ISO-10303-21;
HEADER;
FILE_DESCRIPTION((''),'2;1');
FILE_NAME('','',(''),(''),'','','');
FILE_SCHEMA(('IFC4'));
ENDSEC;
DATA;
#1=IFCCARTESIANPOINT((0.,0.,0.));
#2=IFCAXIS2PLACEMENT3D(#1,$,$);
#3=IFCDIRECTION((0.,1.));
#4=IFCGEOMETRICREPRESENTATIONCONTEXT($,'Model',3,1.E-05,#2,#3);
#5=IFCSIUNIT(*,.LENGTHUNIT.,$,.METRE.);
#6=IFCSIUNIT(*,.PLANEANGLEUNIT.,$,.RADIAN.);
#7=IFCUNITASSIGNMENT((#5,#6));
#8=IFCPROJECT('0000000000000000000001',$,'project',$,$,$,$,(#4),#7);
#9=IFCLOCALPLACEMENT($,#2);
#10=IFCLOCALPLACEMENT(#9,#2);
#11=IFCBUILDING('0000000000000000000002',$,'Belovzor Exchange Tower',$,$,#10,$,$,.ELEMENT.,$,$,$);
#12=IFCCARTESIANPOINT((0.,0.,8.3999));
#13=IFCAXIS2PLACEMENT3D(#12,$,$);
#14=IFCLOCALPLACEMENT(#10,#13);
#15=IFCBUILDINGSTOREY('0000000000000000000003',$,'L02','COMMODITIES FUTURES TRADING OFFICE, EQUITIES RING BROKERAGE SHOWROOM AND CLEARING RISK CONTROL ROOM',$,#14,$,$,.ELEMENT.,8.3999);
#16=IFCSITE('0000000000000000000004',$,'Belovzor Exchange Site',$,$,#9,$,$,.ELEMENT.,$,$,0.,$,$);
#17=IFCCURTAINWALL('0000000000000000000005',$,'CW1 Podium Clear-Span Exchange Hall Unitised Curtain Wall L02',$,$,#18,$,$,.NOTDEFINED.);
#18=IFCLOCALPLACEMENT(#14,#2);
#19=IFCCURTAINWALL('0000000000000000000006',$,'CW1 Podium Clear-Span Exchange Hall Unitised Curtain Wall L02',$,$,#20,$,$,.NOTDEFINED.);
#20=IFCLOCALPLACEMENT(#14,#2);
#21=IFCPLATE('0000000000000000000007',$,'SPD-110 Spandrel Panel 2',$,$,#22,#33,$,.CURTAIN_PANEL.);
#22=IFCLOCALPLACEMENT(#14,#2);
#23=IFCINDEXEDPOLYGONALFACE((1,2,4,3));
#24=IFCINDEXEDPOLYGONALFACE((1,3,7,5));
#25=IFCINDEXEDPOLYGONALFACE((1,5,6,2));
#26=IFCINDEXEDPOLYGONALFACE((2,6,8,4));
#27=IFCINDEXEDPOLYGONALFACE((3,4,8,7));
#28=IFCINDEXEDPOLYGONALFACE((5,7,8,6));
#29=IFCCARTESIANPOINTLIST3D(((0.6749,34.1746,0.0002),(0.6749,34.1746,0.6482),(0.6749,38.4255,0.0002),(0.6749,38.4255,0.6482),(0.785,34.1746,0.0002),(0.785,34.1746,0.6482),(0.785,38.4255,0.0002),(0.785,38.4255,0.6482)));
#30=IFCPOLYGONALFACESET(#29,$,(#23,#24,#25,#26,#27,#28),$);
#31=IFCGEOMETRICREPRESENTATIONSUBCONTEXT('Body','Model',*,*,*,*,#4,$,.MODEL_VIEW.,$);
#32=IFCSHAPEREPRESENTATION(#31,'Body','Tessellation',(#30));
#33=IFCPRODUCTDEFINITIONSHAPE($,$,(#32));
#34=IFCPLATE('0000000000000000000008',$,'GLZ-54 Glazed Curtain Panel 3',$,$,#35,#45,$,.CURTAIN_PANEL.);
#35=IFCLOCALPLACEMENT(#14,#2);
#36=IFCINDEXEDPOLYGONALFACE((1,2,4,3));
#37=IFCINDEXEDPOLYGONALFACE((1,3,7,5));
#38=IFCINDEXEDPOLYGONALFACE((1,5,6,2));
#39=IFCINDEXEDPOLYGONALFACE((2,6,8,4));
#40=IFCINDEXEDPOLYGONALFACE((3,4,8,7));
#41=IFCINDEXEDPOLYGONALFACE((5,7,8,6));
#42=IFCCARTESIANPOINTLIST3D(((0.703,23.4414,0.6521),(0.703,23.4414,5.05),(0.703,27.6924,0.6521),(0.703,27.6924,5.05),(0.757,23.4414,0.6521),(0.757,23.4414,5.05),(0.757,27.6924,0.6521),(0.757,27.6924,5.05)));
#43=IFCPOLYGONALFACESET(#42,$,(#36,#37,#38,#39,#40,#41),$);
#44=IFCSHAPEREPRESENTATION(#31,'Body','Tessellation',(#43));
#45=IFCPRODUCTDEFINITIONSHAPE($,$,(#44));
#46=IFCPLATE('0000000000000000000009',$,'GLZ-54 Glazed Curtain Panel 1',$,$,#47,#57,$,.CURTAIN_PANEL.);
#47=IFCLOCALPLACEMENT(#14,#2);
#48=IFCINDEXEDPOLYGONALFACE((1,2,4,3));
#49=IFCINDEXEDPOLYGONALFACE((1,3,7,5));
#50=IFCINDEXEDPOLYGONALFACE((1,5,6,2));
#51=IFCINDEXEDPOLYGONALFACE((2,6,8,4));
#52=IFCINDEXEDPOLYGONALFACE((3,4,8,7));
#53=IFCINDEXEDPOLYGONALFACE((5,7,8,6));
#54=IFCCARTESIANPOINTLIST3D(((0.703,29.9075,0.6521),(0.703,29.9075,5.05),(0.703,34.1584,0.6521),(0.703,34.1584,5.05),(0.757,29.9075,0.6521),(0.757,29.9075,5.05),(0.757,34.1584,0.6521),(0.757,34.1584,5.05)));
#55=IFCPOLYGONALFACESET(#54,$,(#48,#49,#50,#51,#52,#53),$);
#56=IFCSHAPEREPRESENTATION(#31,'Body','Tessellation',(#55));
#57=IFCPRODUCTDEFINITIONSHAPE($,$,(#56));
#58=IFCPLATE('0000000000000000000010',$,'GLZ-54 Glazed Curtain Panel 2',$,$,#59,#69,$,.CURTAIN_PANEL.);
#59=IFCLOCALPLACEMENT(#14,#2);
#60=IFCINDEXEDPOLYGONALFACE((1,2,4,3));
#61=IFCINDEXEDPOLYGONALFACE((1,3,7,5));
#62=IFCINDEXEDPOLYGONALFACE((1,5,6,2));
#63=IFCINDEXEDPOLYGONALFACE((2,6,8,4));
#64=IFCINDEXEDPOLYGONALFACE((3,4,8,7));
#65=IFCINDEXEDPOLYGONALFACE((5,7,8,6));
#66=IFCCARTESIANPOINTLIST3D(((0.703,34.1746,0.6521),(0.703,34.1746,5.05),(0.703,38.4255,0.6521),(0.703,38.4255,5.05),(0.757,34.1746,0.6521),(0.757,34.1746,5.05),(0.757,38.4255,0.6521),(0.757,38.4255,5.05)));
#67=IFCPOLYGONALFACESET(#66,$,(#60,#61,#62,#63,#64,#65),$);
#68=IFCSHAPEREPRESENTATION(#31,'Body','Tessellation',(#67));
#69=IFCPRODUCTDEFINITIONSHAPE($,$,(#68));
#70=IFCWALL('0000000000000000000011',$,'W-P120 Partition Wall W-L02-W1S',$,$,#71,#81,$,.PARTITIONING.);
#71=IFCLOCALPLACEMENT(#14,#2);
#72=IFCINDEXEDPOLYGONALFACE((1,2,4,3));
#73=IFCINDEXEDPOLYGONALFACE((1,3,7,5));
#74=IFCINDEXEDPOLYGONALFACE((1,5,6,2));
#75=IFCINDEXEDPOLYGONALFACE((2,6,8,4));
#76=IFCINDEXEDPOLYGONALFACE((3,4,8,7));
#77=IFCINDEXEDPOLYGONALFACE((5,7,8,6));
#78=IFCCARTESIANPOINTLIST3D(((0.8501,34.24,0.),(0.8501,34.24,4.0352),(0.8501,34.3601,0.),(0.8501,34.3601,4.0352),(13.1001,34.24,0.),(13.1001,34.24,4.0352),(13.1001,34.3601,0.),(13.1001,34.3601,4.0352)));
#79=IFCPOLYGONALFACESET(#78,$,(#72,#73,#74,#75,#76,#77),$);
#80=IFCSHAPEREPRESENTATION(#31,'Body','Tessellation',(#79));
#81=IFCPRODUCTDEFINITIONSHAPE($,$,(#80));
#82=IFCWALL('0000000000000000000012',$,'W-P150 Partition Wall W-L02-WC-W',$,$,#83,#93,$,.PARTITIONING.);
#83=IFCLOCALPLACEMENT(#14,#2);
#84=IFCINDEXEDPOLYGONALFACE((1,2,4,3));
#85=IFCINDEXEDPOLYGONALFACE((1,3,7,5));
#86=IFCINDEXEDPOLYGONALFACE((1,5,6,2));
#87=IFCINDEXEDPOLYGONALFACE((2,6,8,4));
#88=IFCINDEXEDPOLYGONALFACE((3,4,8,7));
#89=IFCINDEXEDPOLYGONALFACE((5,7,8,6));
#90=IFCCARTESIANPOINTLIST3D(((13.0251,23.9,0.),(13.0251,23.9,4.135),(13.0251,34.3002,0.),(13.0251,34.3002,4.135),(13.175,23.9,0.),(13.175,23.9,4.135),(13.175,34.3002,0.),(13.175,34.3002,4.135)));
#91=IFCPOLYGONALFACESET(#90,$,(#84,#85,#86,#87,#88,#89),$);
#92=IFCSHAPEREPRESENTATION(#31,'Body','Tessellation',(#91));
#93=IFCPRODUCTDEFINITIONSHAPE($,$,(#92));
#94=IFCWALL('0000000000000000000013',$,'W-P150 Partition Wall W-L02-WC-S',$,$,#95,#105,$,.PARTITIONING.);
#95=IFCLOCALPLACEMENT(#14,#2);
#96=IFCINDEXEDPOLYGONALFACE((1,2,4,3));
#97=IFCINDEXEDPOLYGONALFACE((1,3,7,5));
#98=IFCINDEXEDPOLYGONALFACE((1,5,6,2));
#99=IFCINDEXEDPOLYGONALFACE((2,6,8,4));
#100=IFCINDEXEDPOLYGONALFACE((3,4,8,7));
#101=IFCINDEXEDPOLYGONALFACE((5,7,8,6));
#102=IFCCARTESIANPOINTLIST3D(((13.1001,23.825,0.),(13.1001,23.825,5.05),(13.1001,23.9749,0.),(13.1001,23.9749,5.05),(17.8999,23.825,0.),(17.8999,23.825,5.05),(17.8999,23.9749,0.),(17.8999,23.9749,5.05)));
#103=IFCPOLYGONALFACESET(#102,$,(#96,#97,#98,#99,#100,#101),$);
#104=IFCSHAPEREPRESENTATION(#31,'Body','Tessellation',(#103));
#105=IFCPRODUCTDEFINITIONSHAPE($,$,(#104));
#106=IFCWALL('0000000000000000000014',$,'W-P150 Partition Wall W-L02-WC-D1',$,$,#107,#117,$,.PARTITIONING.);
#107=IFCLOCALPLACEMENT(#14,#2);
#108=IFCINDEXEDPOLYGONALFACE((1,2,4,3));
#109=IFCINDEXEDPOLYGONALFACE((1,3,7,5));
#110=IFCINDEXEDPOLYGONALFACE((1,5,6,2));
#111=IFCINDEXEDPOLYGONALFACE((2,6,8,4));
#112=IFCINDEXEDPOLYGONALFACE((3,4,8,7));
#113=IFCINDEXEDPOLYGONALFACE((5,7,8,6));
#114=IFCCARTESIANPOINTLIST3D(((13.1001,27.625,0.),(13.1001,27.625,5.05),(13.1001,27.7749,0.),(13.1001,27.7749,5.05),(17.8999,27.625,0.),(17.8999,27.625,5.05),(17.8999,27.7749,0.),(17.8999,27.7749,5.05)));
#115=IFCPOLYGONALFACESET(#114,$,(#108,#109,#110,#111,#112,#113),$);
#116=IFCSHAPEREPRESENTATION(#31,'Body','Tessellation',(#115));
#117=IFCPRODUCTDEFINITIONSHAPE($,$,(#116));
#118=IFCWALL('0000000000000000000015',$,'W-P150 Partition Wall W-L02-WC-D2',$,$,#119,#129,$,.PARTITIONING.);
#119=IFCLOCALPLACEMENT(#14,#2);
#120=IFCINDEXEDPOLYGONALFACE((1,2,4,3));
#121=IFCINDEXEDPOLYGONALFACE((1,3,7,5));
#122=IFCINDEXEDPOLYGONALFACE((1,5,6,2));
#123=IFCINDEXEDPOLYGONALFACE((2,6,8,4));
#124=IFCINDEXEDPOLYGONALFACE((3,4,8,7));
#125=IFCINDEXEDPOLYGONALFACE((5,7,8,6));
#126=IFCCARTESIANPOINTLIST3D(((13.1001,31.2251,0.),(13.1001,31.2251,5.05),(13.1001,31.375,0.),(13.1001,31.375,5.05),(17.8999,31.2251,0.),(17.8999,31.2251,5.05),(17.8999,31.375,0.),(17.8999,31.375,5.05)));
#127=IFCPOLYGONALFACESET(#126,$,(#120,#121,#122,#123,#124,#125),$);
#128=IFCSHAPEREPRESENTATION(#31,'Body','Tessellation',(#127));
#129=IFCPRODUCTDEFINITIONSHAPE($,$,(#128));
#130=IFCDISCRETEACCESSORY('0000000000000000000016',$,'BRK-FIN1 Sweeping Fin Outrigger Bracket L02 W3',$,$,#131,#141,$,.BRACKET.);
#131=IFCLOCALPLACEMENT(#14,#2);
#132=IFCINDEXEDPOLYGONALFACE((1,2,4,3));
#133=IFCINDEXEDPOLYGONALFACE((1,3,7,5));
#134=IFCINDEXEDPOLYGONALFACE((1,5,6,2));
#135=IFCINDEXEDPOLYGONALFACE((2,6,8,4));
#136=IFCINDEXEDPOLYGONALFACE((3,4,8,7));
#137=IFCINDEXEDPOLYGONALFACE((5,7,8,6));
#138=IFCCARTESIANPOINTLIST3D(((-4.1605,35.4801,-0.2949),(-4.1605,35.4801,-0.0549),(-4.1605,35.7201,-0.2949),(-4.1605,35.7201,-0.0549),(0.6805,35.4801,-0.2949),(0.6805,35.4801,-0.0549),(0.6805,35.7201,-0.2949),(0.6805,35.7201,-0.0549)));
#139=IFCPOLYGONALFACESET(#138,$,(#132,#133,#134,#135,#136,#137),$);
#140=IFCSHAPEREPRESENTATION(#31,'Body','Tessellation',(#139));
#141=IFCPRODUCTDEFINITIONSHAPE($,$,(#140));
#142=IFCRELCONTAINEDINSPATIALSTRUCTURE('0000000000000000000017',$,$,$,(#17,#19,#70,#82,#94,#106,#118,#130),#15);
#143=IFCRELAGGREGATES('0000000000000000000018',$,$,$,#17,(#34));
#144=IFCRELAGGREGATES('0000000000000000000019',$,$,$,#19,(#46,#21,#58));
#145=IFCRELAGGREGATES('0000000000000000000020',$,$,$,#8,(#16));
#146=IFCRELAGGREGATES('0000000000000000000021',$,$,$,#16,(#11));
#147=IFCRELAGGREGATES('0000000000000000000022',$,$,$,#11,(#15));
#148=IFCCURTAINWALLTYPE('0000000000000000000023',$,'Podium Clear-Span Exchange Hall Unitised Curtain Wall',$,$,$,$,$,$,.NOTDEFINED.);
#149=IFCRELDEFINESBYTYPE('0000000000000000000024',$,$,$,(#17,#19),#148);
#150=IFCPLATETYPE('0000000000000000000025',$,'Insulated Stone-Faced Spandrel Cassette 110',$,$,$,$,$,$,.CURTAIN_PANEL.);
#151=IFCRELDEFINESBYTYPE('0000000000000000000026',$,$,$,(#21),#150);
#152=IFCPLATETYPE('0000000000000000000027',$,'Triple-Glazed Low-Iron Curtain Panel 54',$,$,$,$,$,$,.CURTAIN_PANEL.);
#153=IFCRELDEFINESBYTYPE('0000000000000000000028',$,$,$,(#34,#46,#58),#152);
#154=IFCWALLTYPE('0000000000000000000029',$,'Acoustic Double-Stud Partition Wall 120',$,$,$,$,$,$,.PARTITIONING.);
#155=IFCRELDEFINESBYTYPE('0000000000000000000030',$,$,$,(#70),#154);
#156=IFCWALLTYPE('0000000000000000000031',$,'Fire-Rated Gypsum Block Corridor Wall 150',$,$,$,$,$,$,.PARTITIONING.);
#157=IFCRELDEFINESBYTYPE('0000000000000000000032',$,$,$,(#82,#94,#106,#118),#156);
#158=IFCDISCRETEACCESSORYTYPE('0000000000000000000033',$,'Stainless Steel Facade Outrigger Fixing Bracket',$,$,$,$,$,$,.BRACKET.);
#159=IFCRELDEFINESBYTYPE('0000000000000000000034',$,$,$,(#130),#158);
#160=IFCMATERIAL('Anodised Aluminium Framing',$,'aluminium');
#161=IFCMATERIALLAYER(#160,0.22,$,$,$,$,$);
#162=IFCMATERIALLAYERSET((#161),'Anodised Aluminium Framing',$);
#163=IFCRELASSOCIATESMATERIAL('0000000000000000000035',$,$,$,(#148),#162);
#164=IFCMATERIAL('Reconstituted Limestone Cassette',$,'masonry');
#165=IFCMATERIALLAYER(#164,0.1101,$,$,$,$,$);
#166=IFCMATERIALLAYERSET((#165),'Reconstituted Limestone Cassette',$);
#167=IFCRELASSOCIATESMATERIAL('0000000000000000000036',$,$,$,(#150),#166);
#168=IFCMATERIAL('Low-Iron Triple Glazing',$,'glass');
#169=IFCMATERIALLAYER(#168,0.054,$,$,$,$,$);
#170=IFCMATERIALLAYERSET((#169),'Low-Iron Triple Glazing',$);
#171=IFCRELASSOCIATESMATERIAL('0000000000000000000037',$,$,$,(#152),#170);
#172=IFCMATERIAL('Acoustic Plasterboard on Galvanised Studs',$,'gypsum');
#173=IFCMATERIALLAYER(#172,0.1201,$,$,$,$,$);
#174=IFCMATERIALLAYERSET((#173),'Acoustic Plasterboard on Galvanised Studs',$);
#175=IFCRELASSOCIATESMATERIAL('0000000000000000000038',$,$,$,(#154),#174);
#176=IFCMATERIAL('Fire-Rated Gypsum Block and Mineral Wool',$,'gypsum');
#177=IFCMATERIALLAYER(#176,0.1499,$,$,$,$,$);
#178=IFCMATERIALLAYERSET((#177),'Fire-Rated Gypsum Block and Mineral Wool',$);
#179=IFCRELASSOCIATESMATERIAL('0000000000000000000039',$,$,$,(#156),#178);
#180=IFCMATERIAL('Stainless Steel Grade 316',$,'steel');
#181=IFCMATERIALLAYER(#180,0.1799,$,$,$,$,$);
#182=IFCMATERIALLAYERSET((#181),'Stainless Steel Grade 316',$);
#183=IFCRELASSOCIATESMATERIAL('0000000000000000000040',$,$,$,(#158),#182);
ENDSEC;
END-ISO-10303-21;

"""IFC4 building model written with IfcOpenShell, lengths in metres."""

from ifc_helpers import new_model, si_unit, direction, frame, frame_2d, origin, origin_2d, place, context, subcontext, project, spatial, rectangle, extrude, material, layer, layer_set, type_object, element, aggregate, save


model = new_model("IFC4")

# Units and contexts
model_context = context("Model", 3, precision=1e-05, world=origin(), true_north=direction((0.0, 1.0)))
body_context = subcontext(model_context, "Body", "Model", "MODEL_VIEW")
ifc_project = project(units=[si_unit("LENGTHUNIT", "METRE"), si_unit("PLANEANGLEUNIT", "RADIAN")], contexts=[model_context])

# Site, building, storey
site_placement = place(None, origin())
site = spatial("IfcSite", under=ifc_project, at=site_placement, Name="Belovzor Exchange Site", CompositionType="ELEMENT", RefElevation=0.0)
building_placement = place(site_placement, origin())
building = spatial("IfcBuilding", under=site, at=building_placement, Name="Belovzor Exchange Tower", CompositionType="ELEMENT")
storey_placement = place(building_placement, frame((0.0, 0.0, 8.3999)))
storey = spatial("IfcBuildingStorey", under=building, at=storey_placement, Name="L02", Description="COMMODITIES FUTURES TRADING OFFICE, EQUITIES RING BROKERAGE SHOWROOM AND CLEARING RISK CONTROL ROOM", CompositionType="ELEMENT", Elevation=8.3999)

# Curtain wall
ifc_material_1 = material(Name="Anodised Aluminium Framing", Category="aluminium")
ifc_layer_1 = layer(ifc_material_1, 0.22)
ifc_layer_set_1 = layer_set([ifc_layer_1], Name="Anodised Aluminium Framing")
curtain_wall_type = type_object("IfcCurtainWallType", Name="Podium Clear-Span Exchange Hall Unitised Curtain Wall", PredefinedType="NOTDEFINED", material=ifc_layer_set_1)
curtain_wall_1_placement = place(storey_placement, origin())
curtain_wall_1 = element("IfcCurtainWall", 1, at=curtain_wall_1_placement, inside=storey, type_object=curtain_wall_type, Name="CW1 Podium Clear-Span Exchange Hall Unitised Curtain Wall L02", PredefinedType="NOTDEFINED")

# Curtain wall
curtain_wall_2_placement = place(storey_placement, origin())
curtain_wall_2 = element("IfcCurtainWall", 2, at=curtain_wall_2_placement, inside=storey, type_object=curtain_wall_type, Name="CW1 Podium Clear-Span Exchange Hall Unitised Curtain Wall L02", PredefinedType="NOTDEFINED")

# Plates
ifc_material_2 = material(Name="Reconstituted Limestone Cassette", Category="masonry")
ifc_layer_2 = layer(ifc_material_2, 0.1101)
ifc_layer_set_2 = layer_set([ifc_layer_2], Name="Reconstituted Limestone Cassette")
plate_type_1 = type_object("IfcPlateType", Name="Insulated Stone-Faced Spandrel Cassette 110", PredefinedType="CURTAIN_PANEL", material=ifc_layer_set_2)
plate_1_placement = place(storey_placement, frame((0.73, 36.3, 0.0002), z_axis=(0.0, 0.0, 1.0), x_axis=(0.0, 1.0, 0.0)))
plate_1 = element("IfcPlate", 3, at=plate_1_placement, type_object=plate_type_1, Name="SPD-110 Spandrel Panel 2", PredefinedType="CURTAIN_PANEL", context=body_context, shape_type="SweptSolid", body=[
    extrude(rectangle(XDim=4.251, YDim=0.1101, at=origin_2d()), origin(), (0.0, 0.0, 1.0), 0.6479),
])
ifc_material_3 = material(Name="Low-Iron Triple Glazing", Category="glass")
ifc_layer_3 = layer(ifc_material_3, 0.054)
ifc_layer_set_3 = layer_set([ifc_layer_3], Name="Low-Iron Triple Glazing")
plate_type_2 = type_object("IfcPlateType", Name="Triple-Glazed Low-Iron Curtain Panel 54", PredefinedType="CURTAIN_PANEL", material=ifc_layer_set_3)
plate_2_placement = place(storey_placement, frame((0.73, 25.5669, 0.6521), z_axis=(0.0, 0.0, 1.0), x_axis=(0.0, 1.0, 0.0)))
plate_2 = element("IfcPlate", 4, at=plate_2_placement, type_object=plate_type_2, Name="GLZ-54 Glazed Curtain Panel 3", PredefinedType="CURTAIN_PANEL", context=body_context, shape_type="SweptSolid", body=[
    extrude(rectangle(XDim=4.251, YDim=0.054, at=origin_2d()), origin(), (0.0, 0.0, 1.0), 4.3979),
])
aggregate(curtain_wall_1, [plate_2])
plate_3_placement = place(storey_placement, frame((0.73, 32.033, 0.6521), z_axis=(0.0, 0.0, 1.0), x_axis=(0.0, 1.0, 0.0)))
plate_3 = element("IfcPlate", 5, at=plate_3_placement, type_object=plate_type_2, Name="GLZ-54 Glazed Curtain Panel 1", PredefinedType="CURTAIN_PANEL", context=body_context, shape_type="SweptSolid", body=[
    extrude(rectangle(XDim=4.251, YDim=0.054, at=origin_2d()), origin(), (0.0, 0.0, 1.0), 4.3979),
])
plate_4_placement = place(storey_placement, frame((0.73, 36.3, 0.6521), z_axis=(0.0, 0.0, 1.0), x_axis=(0.0, 1.0, 0.0)))
plate_4 = element("IfcPlate", 6, at=plate_4_placement, type_object=plate_type_2, Name="GLZ-54 Glazed Curtain Panel 2", PredefinedType="CURTAIN_PANEL", context=body_context, shape_type="SweptSolid", body=[
    extrude(rectangle(XDim=4.251, YDim=0.054, at=origin_2d()), origin(), (0.0, 0.0, 1.0), 4.3979),
])
aggregate(curtain_wall_2, [plate_3, plate_1, plate_4])

# Walls
ifc_material_4 = material(Name="Acoustic Plasterboard on Galvanised Studs", Category="gypsum")
ifc_layer_4 = layer(ifc_material_4, 0.1201)
ifc_layer_set_4 = layer_set([ifc_layer_4], Name="Acoustic Plasterboard on Galvanised Studs")
wall_type_1 = type_object("IfcWallType", Name="Acoustic Double-Stud Partition Wall 120", PredefinedType="PARTITIONING", material=ifc_layer_set_4)
wall_1_placement = place(storey_placement, frame((0.8501, 34.3, 0.0), z_axis=(0.0, 0.0, 1.0), x_axis=(1.0, 0.0, 0.0)))
element("IfcWall", 7, at=wall_1_placement, inside=storey, type_object=wall_type_1, Name="W-P120 Partition Wall W-L02-W1S", PredefinedType="PARTITIONING", context=body_context, shape_type="SweptSolid", body=[
    extrude(rectangle(XDim=12.25, YDim=0.1201, at=frame_2d((6.125, 0.0))), origin(), (0.0, 0.0, 1.0), 4.0352),
])
ifc_material_5 = material(Name="Fire-Rated Gypsum Block and Mineral Wool", Category="gypsum")
ifc_layer_5 = layer(ifc_material_5, 0.1499)
ifc_layer_set_5 = layer_set([ifc_layer_5], Name="Fire-Rated Gypsum Block and Mineral Wool")
wall_type_2 = type_object("IfcWallType", Name="Fire-Rated Gypsum Block Corridor Wall 150", PredefinedType="PARTITIONING", material=ifc_layer_set_5)
wall_2_placement = place(storey_placement, frame((13.1001, 23.8999, 0.0), z_axis=(0.0, 0.0, 1.0), x_axis=(0.0, 1.0, 0.0)))
element("IfcWall", 8, at=wall_2_placement, inside=storey, type_object=wall_type_2, Name="W-P150 Partition Wall W-L02-WC-W", PredefinedType="PARTITIONING", context=body_context, shape_type="SweptSolid", body=[
    extrude(rectangle(XDim=10.4001, YDim=0.1499, at=frame_2d((5.2002, 0.0))), origin(), (0.0, 0.0, 1.0), 4.135),
])
for number, where, z_axis, x_axis, name in (
    (9, (13.1001, 23.8999, 0.0), (0.0, 0.0, 1.0), (1.0, 0.0, 0.0), "W-P150 Partition Wall W-L02-WC-S"),
    (10, (13.1001, 27.7, 0.0), (0.0, 0.0, 1.0), (1.0, 0.0, 0.0), "W-P150 Partition Wall W-L02-WC-D1"),
    (11, (13.1001, 31.3, 0.0), (0.0, 0.0, 1.0), (1.0, 0.0, 0.0), "W-P150 Partition Wall W-L02-WC-D2"),
):
    element("IfcWall", number, at=place(storey_placement, frame(where, z_axis=z_axis, x_axis=x_axis)), inside=storey, type_object=wall_type_2, Name=name, PredefinedType="PARTITIONING", context=body_context, shape_type="SweptSolid", body=[
        extrude(rectangle(XDim=4.7998, YDim=0.1499, at=frame_2d((2.3999, 0.0))), origin(), (0.0, 0.0, 1.0), 5.05),
    ])

# Discrete accessory
ifc_material_6 = material(Name="Stainless Steel Grade 316", Category="steel")
ifc_layer_6 = layer(ifc_material_6, 0.1799)
ifc_layer_set_6 = layer_set([ifc_layer_6], Name="Stainless Steel Grade 316")
discrete_accessory_type = type_object("IfcDiscreteAccessoryType", Name="Stainless Steel Facade Outrigger Fixing Bracket", PredefinedType="BRACKET", material=ifc_layer_set_6)
discrete_accessory_placement = place(storey_placement, frame((-1.74, 35.6001, -0.2949), z_axis=(0.0, 0.0, 1.0), x_axis=(1.0, 0.0, 0.0)))
element("IfcDiscreteAccessory", 12, at=discrete_accessory_placement, inside=storey, type_object=discrete_accessory_type, Name="BRK-FIN1 Sweeping Fin Outrigger Bracket L02 W3", PredefinedType="BRACKET", context=body_context, shape_type="SweptSolid", body=[
    extrude(rectangle(XDim=4.8411, YDim=0.24, at=origin_2d()), origin(), (0.0, 0.0, 1.0), 0.24),
])

save(model, "model.ifc")
